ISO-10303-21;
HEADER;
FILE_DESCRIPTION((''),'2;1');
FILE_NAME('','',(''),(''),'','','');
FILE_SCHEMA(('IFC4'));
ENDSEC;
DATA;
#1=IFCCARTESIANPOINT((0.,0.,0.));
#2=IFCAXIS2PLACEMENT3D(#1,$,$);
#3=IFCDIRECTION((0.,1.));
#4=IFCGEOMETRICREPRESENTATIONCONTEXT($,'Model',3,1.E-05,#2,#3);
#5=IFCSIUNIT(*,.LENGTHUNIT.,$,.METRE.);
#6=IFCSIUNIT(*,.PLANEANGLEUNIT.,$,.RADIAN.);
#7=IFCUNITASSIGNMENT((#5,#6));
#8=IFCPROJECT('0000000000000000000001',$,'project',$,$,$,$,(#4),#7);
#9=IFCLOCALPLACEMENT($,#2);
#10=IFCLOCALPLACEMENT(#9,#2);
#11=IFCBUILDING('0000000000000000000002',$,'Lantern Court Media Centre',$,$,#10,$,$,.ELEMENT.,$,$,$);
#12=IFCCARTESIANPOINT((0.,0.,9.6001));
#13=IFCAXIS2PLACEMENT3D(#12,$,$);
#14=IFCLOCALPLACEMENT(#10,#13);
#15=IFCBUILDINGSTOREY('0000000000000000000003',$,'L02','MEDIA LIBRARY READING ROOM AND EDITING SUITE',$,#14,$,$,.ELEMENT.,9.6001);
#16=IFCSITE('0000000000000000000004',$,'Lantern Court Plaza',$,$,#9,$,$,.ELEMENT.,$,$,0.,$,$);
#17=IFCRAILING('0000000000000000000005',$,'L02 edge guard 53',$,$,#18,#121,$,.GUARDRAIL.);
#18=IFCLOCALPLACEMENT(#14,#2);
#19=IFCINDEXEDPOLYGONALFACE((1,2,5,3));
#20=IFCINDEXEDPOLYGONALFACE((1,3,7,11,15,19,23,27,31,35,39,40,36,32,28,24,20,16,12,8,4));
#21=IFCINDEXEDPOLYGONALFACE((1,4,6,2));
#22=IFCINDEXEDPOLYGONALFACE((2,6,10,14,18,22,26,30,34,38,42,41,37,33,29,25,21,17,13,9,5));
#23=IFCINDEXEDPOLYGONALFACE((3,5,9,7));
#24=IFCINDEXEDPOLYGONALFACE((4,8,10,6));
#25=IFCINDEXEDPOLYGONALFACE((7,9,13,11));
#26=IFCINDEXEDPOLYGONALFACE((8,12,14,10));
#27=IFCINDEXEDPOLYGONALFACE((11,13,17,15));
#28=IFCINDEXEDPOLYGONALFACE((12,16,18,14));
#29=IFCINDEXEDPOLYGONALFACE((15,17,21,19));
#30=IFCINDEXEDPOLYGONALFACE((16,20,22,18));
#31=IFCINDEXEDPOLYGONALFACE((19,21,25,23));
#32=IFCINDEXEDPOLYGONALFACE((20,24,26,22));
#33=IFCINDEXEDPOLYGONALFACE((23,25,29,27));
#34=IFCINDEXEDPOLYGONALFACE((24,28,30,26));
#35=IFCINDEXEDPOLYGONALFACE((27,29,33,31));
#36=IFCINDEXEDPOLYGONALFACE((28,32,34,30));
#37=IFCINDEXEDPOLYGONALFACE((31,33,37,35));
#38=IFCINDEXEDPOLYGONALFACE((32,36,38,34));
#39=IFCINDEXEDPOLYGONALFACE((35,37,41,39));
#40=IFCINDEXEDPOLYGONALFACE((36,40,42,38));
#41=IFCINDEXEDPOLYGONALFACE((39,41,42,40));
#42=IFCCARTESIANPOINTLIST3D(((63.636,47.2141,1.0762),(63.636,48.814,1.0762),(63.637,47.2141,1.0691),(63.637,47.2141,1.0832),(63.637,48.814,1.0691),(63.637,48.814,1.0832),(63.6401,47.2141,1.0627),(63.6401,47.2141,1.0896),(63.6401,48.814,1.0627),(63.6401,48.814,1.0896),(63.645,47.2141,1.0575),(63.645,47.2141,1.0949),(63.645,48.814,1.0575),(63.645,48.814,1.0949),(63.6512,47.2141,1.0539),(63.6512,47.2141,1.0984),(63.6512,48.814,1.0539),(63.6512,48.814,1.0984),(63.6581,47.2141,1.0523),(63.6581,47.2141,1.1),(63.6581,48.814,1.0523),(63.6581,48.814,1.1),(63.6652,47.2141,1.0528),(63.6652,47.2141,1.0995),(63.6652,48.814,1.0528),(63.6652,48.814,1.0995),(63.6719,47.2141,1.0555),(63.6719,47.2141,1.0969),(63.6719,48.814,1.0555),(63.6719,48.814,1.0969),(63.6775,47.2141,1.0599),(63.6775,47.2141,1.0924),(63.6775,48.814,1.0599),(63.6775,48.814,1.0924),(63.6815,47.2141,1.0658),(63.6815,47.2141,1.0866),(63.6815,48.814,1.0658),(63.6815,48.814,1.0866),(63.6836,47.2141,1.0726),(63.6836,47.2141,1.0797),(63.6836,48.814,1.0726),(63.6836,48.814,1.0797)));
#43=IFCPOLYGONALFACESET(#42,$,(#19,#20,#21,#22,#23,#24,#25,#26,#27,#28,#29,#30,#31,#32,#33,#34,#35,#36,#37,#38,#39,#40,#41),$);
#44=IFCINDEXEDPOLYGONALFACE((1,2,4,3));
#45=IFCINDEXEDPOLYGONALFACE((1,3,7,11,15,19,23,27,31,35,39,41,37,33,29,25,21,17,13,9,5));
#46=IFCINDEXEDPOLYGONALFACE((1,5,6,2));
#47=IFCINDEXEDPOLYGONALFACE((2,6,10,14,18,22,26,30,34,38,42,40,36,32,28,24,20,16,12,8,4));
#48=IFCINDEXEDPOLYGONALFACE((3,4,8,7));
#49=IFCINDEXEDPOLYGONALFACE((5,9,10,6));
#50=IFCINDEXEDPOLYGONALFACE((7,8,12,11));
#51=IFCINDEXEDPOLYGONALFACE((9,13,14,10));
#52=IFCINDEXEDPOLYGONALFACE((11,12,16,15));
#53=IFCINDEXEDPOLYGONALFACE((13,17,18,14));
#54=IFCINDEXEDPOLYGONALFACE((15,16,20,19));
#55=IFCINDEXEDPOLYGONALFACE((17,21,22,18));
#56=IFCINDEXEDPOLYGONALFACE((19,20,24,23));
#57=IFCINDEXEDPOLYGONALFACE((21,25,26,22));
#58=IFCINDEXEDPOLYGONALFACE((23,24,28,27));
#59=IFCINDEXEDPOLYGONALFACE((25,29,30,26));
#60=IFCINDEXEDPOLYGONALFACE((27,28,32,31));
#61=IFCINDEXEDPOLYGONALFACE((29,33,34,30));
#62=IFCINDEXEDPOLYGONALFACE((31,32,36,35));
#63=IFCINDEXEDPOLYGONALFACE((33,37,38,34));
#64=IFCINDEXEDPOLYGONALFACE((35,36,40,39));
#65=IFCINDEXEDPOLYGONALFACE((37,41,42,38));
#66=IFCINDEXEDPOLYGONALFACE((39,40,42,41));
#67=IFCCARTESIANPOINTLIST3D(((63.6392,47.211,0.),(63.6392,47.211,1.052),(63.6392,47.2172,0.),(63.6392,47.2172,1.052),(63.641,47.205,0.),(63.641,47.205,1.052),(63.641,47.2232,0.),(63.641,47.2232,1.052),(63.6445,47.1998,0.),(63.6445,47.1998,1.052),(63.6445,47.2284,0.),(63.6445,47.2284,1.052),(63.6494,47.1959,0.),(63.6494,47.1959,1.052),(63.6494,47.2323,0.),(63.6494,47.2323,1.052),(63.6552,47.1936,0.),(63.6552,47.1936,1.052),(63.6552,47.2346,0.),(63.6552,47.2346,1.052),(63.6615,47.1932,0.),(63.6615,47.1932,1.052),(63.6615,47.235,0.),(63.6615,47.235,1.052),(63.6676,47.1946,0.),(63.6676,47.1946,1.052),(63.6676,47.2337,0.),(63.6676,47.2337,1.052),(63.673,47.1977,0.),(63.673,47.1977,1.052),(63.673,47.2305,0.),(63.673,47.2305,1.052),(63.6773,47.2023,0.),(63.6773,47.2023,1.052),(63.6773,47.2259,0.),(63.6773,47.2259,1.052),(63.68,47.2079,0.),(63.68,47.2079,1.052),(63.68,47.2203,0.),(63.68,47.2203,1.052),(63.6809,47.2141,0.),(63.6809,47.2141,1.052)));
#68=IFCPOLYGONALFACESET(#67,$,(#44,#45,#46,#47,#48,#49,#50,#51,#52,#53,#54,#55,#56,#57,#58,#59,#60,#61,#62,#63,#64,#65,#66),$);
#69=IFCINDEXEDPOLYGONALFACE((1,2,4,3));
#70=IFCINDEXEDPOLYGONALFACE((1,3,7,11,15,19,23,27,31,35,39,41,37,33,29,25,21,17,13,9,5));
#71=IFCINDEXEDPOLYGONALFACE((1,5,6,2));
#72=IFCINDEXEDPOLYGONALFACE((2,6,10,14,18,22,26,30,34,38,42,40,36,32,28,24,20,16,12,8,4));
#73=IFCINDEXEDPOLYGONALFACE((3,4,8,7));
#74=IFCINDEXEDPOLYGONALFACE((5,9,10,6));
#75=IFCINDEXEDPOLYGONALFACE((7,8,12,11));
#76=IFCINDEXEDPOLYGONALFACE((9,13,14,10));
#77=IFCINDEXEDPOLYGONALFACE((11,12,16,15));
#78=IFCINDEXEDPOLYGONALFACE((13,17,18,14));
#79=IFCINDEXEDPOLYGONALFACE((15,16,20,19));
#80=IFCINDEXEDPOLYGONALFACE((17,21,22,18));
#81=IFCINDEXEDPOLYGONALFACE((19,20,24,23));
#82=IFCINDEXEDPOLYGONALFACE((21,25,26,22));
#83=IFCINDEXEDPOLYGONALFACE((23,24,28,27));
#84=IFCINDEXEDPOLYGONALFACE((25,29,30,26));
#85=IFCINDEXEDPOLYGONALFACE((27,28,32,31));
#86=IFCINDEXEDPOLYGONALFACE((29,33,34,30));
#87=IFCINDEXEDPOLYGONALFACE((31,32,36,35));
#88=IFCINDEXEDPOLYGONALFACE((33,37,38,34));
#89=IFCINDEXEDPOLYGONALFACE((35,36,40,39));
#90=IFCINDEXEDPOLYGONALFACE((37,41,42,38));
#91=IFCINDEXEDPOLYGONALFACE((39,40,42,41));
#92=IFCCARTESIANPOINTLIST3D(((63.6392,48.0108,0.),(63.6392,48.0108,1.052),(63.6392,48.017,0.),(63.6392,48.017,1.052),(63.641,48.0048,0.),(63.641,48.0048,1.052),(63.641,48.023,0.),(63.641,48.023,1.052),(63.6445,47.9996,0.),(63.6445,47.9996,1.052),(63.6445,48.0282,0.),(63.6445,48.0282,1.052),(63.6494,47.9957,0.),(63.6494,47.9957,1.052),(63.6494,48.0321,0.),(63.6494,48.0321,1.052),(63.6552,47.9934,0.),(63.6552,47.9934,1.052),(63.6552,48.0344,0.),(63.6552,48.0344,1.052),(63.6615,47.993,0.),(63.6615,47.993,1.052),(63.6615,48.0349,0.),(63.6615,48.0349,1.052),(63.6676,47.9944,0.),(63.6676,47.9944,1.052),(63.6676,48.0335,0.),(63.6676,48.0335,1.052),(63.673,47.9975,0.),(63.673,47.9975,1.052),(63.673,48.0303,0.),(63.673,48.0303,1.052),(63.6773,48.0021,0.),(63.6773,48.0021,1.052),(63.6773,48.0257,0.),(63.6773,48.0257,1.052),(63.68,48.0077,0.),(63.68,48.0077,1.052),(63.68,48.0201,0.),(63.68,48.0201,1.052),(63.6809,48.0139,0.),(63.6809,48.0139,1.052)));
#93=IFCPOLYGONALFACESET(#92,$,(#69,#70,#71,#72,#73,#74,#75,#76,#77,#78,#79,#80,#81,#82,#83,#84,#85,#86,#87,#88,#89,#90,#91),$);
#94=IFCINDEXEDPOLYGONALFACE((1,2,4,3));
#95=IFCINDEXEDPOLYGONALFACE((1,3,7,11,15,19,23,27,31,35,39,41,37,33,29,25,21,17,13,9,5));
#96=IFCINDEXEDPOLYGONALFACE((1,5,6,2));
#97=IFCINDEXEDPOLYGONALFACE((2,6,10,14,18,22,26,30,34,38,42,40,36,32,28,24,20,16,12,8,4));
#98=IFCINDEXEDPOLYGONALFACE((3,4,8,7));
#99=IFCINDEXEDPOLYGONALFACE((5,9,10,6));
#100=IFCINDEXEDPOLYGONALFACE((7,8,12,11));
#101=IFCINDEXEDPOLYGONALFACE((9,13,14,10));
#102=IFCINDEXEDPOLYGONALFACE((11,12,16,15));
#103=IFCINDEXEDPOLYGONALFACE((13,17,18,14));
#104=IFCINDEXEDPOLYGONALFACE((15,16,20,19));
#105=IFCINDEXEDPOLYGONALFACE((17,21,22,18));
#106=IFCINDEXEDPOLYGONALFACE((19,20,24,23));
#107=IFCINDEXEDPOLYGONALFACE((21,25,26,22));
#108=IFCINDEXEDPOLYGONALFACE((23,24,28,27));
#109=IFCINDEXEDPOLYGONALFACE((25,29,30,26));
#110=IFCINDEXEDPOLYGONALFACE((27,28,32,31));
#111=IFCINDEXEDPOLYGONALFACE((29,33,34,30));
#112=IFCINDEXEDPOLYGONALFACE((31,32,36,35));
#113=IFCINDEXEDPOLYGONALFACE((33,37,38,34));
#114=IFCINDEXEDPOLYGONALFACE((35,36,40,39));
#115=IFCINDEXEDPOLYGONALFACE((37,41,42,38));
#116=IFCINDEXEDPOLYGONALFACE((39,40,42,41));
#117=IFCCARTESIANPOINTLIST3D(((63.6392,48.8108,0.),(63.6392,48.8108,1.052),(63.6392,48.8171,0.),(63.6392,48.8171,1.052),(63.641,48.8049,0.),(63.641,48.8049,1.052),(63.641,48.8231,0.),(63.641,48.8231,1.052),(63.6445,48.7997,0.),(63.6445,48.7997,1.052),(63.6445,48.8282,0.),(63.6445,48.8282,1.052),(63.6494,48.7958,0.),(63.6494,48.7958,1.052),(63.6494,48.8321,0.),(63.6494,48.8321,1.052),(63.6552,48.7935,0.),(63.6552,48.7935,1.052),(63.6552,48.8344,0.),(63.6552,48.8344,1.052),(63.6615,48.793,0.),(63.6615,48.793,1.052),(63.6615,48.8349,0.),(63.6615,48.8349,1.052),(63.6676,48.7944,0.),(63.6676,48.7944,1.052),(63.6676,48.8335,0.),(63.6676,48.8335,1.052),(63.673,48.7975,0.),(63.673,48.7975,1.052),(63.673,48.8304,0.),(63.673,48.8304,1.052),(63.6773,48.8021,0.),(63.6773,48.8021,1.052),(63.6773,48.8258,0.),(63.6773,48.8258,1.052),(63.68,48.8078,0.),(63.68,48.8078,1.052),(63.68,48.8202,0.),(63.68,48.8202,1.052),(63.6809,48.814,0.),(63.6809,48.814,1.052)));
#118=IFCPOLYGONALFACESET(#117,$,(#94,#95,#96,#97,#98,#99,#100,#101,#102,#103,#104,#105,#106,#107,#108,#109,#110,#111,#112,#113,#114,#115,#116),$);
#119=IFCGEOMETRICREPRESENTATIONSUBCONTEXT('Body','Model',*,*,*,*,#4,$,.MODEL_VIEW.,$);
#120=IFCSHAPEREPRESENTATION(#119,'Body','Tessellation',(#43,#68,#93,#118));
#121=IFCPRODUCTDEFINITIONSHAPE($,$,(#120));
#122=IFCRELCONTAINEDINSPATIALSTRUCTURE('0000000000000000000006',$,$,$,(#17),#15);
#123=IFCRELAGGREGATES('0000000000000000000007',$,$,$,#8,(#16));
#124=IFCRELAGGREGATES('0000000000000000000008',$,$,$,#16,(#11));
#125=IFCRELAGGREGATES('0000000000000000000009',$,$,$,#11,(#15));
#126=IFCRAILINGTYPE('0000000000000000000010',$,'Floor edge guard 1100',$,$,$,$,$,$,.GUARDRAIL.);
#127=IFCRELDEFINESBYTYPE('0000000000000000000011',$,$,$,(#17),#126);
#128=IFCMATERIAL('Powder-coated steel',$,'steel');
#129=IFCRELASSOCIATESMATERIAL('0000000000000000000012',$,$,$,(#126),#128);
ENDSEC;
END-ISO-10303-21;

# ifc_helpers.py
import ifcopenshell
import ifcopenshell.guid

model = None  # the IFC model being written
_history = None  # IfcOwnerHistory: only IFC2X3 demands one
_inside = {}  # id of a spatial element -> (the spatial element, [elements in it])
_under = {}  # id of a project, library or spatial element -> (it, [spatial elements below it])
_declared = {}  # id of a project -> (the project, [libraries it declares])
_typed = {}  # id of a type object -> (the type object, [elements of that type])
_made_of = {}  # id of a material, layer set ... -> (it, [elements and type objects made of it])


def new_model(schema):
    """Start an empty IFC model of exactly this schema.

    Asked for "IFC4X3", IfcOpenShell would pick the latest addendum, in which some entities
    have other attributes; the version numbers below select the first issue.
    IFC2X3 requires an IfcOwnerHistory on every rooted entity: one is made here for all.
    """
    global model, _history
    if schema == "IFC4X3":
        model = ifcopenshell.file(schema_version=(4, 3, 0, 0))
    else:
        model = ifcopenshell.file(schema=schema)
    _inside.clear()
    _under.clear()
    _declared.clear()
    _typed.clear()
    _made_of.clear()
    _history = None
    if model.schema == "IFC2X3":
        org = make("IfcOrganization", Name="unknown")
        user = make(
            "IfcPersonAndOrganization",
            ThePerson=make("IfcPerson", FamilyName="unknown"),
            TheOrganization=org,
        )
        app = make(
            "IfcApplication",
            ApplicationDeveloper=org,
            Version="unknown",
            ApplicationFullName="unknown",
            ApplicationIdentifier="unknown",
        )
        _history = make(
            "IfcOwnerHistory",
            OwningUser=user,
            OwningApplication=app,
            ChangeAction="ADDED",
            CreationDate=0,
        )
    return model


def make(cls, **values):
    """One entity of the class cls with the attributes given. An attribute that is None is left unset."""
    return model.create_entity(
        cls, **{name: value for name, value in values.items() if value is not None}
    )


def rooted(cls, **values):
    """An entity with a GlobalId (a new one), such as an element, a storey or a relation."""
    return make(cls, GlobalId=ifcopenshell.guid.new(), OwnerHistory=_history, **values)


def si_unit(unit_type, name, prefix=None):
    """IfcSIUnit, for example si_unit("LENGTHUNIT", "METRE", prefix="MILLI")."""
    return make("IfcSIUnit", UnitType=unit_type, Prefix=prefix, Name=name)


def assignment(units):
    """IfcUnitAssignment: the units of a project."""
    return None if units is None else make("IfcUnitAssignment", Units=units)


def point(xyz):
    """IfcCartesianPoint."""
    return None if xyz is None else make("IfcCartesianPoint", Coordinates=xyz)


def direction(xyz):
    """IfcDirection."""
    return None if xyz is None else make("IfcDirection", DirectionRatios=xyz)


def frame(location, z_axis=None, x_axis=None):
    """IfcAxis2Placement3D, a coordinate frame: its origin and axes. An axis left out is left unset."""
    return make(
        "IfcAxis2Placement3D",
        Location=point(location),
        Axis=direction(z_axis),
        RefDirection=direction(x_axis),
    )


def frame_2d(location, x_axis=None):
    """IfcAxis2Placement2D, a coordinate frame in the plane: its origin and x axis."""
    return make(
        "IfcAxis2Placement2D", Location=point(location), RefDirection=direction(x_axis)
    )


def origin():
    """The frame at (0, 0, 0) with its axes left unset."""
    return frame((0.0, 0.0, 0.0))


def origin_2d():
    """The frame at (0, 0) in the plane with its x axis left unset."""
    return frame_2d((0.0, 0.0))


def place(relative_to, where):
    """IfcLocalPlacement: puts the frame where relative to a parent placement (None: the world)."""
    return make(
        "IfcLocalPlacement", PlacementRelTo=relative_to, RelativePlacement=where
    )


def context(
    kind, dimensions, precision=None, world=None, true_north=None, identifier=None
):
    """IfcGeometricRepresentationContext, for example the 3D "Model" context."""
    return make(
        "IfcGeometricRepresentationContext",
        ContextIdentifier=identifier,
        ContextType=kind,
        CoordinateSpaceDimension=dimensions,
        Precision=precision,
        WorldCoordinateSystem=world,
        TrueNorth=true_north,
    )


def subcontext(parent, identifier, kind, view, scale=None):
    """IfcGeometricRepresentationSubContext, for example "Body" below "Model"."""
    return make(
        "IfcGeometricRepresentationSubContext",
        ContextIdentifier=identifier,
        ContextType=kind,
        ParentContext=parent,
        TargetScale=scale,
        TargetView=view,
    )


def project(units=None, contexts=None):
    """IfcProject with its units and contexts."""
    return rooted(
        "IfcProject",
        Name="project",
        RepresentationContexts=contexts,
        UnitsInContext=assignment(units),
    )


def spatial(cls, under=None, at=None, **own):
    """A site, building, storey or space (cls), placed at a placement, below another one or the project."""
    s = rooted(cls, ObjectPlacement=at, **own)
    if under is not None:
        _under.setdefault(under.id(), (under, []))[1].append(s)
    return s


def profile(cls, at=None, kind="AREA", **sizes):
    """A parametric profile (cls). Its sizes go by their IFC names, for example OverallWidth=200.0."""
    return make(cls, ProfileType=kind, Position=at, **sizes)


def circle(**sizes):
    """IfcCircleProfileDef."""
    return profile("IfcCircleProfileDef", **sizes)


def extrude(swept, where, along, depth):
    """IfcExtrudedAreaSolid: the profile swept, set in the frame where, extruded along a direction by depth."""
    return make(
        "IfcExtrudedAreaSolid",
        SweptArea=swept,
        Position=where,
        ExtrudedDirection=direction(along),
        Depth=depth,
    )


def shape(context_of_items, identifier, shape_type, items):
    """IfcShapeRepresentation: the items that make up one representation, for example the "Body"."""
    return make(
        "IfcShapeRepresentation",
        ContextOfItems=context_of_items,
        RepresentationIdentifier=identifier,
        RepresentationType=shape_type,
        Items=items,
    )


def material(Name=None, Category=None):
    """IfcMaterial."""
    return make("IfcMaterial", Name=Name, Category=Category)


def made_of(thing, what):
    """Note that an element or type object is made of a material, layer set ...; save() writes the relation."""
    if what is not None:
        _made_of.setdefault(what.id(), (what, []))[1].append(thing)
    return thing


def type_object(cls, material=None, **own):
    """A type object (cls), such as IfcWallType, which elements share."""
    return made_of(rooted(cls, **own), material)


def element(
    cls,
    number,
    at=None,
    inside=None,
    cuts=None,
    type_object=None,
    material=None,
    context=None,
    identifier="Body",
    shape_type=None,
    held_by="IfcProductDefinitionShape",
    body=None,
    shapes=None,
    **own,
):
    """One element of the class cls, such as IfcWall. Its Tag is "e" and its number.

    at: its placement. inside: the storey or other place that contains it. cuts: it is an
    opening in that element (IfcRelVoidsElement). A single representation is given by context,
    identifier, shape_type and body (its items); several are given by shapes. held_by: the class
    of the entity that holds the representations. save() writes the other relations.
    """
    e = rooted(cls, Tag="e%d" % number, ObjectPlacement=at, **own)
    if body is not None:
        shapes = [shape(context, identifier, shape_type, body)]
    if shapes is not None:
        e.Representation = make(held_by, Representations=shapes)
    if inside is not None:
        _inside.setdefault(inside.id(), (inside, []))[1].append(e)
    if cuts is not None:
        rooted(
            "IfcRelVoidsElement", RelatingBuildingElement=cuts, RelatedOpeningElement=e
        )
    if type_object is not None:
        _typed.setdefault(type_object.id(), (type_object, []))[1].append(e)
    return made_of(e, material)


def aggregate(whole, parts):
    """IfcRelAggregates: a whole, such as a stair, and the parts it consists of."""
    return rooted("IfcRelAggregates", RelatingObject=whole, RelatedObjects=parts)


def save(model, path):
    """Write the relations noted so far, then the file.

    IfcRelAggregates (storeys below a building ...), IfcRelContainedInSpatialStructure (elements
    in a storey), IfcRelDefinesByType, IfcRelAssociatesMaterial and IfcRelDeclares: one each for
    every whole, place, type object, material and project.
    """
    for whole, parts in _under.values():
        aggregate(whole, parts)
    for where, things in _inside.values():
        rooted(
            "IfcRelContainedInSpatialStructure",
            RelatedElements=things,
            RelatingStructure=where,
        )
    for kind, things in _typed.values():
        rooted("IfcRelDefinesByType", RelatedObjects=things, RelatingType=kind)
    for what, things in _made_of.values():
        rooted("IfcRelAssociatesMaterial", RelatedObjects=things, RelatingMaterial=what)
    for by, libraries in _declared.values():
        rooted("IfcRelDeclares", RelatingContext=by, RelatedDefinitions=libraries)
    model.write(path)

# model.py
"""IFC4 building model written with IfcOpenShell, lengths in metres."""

from ifc_helpers import new_model, si_unit, direction, frame, origin, origin_2d, place, context, subcontext, project, spatial, circle, extrude, material, type_object, element, save


model = new_model("IFC4")

# Units and contexts
model_context = context("Model", 3, precision=1e-05, world=origin(), true_north=direction((0.0, 1.0)))
body_context = subcontext(model_context, "Body", "Model", "MODEL_VIEW")
ifc_project = project(units=[si_unit("LENGTHUNIT", "METRE"), si_unit("PLANEANGLEUNIT", "RADIAN")], contexts=[model_context])

# Site, building, storey
site_placement = place(None, origin())
site = spatial("IfcSite", under=ifc_project, at=site_placement, Name="Lantern Court Plaza", CompositionType="ELEMENT", RefElevation=0.0)
building_placement = place(site_placement, origin())
building = spatial("IfcBuilding", under=site, at=building_placement, Name="Lantern Court Media Centre", CompositionType="ELEMENT")
storey_placement = place(building_placement, frame((0.0, 0.0, 9.6001)))
storey = spatial("IfcBuildingStorey", under=building, at=storey_placement, Name="L02", Description="MEDIA LIBRARY READING ROOM AND EDITING SUITE", CompositionType="ELEMENT", Elevation=9.6001)

# Railing
ifc_material_1 = material(Name="Powder-coated steel", Category="steel")
railing_type = type_object("IfcRailingType", Name="Floor edge guard 1100", PredefinedType="GUARDRAIL", material=ifc_material_1)
railing_1_placement = place(storey_placement, frame((63.6599, 47.2141, 0.0)))
element("IfcRailing", 1, at=railing_1_placement, inside=storey, type_object=railing_type, Name="L02 edge guard 53", PredefinedType="GUARDRAIL", context=body_context, shape_type="SweptSolid", body=[
    extrude(circle(Radius=0.0239, at=origin_2d()), frame((0.0, 0.0, 1.0762), z_axis=(0.0, 1.0, 0.0), x_axis=(-1.0, 0.0, 0.0)), (0.0, 0.0, 1.0), 1.5999),
    extrude(circle(Radius=0.021, at=origin_2d()), origin(), (0.0, 0.0, 1.0), 1.052),
    extrude(circle(Radius=0.021, at=origin_2d()), frame((0.0, 0.7998, 0.0)), (0.0, 0.0, 1.0), 1.052),
    extrude(circle(Radius=0.021, at=origin_2d()), frame((0.0, 1.5999, 0.0)), (0.0, 0.0, 1.0), 1.052),
])

save(model, "model.ifc")
